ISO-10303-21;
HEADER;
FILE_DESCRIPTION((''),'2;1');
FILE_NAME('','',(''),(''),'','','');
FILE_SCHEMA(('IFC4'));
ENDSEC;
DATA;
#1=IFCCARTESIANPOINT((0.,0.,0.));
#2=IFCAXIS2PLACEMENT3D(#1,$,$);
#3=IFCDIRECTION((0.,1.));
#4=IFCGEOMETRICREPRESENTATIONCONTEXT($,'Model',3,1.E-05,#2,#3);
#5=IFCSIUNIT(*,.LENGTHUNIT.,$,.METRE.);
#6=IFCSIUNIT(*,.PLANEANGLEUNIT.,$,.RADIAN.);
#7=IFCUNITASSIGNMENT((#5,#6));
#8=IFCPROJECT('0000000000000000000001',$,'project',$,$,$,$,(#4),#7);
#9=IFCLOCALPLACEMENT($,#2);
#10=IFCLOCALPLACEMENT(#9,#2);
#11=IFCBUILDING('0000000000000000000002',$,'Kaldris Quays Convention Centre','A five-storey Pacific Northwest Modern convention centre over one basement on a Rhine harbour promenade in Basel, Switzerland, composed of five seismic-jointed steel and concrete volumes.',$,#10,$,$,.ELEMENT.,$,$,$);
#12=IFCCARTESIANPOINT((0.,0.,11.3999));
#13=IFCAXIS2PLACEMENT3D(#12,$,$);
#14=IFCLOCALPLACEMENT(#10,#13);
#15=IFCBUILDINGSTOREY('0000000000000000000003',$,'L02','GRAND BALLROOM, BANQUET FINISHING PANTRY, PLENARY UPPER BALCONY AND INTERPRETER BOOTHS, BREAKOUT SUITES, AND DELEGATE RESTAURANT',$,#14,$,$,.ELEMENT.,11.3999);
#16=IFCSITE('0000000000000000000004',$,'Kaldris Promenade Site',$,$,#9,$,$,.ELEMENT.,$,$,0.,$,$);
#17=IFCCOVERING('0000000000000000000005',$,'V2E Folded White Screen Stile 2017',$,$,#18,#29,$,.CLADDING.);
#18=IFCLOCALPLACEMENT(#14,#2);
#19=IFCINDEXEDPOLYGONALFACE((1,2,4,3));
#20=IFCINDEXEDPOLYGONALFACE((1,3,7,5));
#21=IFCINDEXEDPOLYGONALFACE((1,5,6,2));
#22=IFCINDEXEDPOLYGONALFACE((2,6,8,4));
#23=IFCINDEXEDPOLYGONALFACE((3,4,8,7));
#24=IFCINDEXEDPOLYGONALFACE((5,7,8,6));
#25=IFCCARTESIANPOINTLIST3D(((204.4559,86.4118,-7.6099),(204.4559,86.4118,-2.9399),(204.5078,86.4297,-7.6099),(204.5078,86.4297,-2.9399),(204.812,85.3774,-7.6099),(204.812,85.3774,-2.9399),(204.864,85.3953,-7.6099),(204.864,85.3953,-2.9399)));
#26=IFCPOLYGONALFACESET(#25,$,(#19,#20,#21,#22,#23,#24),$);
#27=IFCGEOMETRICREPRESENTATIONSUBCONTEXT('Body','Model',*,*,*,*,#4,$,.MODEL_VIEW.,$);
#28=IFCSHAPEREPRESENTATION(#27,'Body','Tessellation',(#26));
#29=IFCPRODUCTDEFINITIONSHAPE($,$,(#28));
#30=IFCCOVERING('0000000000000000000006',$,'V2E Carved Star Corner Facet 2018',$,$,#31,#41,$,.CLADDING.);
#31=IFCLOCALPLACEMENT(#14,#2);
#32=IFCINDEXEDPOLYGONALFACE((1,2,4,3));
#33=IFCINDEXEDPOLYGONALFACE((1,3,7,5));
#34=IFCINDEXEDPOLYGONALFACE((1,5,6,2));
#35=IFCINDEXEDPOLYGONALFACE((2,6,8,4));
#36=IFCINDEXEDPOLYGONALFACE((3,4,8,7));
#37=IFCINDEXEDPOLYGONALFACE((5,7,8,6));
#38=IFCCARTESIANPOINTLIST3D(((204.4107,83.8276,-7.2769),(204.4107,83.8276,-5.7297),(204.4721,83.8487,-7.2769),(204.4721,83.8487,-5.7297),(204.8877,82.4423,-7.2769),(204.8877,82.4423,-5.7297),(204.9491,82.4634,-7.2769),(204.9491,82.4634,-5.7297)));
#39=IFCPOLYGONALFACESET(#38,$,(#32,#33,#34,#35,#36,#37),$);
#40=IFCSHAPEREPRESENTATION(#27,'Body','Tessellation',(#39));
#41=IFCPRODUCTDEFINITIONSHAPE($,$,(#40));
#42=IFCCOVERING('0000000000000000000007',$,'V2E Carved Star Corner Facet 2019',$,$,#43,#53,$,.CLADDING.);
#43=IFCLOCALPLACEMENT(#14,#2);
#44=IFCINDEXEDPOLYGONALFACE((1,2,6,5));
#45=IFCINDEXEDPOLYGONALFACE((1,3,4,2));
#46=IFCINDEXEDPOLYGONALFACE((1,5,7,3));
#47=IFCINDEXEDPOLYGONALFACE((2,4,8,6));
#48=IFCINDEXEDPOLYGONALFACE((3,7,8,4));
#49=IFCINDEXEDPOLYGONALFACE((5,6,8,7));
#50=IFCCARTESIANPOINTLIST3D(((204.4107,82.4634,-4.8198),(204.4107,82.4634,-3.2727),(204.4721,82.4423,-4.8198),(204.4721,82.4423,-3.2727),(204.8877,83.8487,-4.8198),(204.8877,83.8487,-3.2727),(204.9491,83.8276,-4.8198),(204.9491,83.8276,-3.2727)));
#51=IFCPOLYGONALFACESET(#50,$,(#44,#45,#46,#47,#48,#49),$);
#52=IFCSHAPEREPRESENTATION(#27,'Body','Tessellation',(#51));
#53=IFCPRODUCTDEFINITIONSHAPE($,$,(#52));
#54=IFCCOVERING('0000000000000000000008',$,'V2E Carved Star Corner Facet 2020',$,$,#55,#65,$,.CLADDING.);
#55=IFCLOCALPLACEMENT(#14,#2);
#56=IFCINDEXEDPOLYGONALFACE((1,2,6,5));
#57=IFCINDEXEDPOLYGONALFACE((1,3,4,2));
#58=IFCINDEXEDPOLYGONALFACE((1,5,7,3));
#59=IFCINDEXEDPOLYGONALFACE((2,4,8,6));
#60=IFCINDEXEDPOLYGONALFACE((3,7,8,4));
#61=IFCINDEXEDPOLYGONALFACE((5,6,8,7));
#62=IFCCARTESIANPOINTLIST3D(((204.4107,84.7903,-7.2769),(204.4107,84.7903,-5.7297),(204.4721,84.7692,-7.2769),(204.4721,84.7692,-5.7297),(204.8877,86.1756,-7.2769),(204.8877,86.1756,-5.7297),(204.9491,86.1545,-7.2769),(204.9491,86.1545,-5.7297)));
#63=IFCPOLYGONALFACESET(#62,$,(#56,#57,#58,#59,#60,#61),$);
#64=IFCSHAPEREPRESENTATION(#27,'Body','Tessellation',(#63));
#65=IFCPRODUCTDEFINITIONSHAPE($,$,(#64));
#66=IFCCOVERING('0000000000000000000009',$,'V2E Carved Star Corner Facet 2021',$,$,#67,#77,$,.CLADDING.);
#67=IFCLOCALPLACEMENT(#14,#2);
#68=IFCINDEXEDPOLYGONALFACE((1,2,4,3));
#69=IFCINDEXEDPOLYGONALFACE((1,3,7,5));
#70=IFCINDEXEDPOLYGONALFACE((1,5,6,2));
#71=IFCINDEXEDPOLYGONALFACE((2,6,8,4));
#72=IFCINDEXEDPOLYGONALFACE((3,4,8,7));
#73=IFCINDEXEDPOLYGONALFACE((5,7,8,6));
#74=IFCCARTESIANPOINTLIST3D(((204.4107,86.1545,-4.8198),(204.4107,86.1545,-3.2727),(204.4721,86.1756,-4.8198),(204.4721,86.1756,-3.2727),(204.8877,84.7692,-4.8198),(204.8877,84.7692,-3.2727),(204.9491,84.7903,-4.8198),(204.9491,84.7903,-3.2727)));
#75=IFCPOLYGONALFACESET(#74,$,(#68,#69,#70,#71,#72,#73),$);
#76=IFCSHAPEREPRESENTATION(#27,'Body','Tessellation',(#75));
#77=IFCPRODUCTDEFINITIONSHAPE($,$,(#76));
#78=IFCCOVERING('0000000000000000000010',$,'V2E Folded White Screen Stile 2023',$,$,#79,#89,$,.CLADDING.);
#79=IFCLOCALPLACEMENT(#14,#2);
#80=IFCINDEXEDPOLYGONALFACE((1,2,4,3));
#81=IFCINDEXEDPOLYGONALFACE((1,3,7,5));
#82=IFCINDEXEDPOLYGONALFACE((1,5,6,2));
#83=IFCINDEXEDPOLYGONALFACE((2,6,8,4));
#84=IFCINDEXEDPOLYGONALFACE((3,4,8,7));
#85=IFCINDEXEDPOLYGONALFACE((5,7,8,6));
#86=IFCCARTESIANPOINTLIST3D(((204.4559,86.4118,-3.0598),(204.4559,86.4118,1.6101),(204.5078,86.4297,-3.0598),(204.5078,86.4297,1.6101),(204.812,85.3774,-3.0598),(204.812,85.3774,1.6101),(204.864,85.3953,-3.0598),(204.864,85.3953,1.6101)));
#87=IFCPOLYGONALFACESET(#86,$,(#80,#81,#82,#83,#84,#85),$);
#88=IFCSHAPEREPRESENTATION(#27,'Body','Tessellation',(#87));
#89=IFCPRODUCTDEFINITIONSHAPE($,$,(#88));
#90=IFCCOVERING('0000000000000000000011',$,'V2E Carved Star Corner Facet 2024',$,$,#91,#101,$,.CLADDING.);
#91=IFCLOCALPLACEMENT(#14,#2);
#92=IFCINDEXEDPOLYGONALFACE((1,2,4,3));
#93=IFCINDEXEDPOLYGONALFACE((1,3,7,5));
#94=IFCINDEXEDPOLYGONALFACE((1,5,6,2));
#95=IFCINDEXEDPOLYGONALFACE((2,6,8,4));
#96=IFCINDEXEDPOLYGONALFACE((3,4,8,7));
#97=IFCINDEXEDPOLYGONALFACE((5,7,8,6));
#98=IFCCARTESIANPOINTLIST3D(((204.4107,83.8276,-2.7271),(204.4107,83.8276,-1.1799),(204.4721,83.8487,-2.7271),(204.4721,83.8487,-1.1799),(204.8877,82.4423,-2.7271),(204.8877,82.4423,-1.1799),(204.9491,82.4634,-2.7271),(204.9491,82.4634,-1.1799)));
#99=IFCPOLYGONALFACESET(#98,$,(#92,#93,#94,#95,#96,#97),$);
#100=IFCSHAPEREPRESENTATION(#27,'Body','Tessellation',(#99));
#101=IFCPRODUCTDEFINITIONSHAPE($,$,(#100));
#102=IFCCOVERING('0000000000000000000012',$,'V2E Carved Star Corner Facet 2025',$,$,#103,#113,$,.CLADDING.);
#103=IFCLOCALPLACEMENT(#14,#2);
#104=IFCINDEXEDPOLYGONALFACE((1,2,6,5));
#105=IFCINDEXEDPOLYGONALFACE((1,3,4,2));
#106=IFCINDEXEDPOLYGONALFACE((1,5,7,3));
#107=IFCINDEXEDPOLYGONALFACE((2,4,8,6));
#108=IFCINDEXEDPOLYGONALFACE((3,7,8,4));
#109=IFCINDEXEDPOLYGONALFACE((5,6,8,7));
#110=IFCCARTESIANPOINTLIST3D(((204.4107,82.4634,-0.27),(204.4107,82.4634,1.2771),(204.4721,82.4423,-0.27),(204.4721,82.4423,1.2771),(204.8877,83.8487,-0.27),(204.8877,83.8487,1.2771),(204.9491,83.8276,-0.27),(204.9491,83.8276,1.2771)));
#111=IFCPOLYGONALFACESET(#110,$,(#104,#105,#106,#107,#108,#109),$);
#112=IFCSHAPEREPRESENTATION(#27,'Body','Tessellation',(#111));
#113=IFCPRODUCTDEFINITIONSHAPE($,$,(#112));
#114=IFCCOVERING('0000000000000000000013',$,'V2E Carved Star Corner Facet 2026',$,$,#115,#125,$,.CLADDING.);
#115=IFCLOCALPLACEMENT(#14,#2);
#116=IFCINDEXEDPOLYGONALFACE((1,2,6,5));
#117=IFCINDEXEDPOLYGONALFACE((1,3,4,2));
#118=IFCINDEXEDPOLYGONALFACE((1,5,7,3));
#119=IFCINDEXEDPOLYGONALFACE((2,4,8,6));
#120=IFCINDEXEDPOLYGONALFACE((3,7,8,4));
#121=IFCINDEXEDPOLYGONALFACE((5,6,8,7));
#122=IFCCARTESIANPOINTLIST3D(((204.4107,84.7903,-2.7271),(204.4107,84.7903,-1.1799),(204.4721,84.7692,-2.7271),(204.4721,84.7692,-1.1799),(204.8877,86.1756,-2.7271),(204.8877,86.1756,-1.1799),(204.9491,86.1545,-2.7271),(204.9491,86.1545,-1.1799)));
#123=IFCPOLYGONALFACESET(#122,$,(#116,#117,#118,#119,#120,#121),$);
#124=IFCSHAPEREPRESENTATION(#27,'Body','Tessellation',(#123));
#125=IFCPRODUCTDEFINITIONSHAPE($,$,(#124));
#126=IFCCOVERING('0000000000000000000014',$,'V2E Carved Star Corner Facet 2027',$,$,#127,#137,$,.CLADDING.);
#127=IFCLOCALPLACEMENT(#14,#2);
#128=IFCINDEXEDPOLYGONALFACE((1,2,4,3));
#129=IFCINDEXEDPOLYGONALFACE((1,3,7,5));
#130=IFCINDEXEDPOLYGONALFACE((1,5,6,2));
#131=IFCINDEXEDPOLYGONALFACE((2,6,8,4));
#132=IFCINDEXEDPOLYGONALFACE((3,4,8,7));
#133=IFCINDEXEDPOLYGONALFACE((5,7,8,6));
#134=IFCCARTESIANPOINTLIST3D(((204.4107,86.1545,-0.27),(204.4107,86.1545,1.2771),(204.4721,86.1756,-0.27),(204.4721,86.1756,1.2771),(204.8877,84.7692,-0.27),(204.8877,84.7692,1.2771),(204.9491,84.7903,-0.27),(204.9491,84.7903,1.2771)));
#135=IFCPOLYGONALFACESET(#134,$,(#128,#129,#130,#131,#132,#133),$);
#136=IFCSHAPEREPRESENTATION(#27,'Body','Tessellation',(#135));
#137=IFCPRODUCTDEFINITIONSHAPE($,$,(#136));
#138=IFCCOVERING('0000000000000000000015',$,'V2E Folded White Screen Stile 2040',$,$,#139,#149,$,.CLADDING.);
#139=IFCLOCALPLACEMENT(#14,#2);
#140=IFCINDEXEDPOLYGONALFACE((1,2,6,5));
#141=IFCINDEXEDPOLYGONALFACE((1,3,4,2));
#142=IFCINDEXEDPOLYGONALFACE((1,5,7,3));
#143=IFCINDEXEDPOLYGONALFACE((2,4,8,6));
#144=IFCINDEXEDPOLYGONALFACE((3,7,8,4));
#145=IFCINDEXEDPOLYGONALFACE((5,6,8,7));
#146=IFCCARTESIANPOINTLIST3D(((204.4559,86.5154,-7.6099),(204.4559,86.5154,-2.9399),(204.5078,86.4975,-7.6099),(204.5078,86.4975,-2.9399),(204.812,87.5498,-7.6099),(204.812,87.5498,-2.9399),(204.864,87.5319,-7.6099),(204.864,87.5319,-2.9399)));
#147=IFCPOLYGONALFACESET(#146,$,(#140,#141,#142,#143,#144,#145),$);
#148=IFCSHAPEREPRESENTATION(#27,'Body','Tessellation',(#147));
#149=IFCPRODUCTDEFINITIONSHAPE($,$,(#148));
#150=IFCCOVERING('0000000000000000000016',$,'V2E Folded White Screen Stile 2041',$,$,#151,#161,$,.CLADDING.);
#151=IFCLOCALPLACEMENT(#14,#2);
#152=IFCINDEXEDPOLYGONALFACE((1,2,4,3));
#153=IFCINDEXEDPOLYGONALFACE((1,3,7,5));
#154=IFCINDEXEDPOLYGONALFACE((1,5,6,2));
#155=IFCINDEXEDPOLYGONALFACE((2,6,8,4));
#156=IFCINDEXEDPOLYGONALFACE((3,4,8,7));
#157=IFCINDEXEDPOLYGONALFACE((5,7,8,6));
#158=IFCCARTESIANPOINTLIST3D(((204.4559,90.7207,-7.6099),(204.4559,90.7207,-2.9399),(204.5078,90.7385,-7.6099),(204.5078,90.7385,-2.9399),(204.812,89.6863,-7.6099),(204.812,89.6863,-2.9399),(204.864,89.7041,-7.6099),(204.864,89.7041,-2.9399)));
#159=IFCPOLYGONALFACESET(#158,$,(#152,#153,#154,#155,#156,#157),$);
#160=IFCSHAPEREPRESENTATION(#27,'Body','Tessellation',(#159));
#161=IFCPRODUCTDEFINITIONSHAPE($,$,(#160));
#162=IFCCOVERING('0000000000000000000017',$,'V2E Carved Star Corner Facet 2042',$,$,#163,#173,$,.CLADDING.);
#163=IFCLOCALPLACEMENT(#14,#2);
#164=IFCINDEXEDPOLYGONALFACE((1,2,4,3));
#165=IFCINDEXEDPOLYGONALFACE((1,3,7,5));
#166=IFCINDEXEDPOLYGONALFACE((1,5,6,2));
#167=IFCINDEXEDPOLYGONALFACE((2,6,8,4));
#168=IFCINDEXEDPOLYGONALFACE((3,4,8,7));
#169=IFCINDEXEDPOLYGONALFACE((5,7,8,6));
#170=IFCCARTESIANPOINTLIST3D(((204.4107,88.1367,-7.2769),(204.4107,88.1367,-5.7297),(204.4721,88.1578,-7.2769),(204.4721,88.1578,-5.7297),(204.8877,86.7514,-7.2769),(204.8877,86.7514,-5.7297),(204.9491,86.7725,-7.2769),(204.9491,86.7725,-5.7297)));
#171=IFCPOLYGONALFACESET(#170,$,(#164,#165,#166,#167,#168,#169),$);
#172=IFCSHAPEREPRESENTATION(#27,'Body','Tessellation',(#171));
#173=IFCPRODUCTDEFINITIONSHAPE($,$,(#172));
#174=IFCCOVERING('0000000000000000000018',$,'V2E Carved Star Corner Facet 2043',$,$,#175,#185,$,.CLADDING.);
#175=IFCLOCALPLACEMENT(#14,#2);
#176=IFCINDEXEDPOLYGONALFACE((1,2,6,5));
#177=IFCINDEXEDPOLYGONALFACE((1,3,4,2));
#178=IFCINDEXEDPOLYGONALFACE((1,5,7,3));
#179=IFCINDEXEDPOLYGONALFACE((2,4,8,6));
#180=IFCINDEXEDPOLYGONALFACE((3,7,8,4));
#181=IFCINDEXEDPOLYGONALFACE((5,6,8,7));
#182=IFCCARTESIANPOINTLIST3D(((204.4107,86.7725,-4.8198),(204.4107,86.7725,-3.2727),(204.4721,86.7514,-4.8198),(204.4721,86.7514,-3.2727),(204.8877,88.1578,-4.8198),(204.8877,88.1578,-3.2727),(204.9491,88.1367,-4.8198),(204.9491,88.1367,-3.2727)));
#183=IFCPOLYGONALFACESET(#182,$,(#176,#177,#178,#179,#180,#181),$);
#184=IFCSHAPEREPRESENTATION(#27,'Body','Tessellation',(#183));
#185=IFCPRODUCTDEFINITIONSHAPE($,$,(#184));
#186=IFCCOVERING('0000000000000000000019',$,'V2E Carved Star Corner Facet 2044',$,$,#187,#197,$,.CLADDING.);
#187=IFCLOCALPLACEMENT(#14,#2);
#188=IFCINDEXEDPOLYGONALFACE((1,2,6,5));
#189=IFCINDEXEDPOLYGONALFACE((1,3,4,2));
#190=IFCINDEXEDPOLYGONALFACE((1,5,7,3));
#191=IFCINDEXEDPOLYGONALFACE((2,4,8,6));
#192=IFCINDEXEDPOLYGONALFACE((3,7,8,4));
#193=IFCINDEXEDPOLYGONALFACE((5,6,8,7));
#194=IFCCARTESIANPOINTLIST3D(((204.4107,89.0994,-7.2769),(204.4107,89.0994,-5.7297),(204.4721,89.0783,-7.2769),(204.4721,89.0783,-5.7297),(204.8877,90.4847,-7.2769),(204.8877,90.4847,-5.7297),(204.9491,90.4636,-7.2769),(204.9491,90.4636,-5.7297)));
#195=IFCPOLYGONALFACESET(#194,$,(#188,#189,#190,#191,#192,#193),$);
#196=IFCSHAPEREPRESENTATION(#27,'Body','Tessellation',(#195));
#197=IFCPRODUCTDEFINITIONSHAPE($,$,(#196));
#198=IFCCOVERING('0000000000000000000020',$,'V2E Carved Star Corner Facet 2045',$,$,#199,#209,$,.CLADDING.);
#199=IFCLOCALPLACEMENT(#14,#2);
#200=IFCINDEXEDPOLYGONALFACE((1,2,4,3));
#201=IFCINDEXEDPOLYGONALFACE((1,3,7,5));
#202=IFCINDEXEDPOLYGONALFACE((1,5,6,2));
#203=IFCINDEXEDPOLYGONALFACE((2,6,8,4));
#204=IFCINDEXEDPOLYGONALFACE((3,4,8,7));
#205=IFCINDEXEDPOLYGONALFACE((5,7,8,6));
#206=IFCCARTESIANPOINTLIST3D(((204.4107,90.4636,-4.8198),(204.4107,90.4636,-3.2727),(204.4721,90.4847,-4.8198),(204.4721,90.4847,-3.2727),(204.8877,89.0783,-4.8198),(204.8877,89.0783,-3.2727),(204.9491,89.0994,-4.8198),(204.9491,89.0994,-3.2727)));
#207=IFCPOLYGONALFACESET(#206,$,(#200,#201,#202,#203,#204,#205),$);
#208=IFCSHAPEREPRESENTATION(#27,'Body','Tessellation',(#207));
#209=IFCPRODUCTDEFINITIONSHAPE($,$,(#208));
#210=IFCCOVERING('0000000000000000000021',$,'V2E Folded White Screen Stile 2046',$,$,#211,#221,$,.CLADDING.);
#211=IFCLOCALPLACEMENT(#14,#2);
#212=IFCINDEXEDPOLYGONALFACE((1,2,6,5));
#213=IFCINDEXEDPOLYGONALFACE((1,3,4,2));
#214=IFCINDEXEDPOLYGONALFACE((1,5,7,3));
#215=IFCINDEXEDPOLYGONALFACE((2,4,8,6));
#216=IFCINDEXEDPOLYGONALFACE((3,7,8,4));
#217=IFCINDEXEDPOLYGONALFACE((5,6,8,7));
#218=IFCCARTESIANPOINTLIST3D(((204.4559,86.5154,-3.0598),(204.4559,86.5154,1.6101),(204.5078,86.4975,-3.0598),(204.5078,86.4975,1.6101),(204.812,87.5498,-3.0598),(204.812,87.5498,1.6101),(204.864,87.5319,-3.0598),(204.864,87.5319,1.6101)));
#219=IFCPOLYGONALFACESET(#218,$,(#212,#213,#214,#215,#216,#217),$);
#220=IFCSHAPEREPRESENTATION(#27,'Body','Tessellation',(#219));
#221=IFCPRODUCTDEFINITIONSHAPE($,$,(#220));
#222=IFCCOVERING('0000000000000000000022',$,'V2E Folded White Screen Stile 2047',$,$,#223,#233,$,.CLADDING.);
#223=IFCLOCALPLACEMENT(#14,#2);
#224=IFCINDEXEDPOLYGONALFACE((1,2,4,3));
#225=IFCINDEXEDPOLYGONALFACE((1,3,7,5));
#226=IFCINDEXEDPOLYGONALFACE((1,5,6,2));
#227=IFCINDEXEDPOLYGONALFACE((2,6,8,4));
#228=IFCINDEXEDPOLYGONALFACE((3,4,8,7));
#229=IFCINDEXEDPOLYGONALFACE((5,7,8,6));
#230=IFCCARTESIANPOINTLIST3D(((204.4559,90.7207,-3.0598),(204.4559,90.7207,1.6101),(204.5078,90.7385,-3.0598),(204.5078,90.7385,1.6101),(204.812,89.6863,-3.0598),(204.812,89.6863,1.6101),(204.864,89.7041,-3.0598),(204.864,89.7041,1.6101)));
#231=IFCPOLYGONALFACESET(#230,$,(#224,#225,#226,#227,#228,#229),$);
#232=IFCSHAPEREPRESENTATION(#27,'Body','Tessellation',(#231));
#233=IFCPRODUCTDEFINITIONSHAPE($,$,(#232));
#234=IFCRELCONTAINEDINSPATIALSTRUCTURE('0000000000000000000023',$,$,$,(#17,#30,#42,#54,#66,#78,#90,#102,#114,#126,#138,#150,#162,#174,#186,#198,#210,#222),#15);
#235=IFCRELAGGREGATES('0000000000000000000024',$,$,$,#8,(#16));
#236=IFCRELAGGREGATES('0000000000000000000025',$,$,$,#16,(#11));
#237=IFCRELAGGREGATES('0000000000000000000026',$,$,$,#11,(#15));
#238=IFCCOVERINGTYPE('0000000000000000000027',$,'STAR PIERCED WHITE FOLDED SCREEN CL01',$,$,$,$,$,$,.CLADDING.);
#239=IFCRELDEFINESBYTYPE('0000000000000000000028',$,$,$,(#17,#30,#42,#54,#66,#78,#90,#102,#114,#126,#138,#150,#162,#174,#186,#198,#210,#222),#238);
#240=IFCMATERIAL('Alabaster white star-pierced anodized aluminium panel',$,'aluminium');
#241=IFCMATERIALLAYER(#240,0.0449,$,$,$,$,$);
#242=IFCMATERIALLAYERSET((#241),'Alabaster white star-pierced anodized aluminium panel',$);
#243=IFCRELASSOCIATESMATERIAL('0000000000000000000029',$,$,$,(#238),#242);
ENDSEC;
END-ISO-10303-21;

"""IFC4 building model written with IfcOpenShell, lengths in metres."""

from ifc_helpers import new_model, si_unit, direction, frame, origin, origin_2d, place, context, subcontext, project, spatial, rectangle, extrude, material, layer, layer_set, type_object, element, save


model = new_model("IFC4")

# Units and contexts
model_context = context("Model", 3, precision=1e-05, world=origin(), true_north=direction((0.0, 1.0)))
body_context = subcontext(model_context, "Body", "Model", "MODEL_VIEW")
ifc_project = project(units=[si_unit("LENGTHUNIT", "METRE"), si_unit("PLANEANGLEUNIT", "RADIAN")], contexts=[model_context])

# Site, building, storey
site_placement = place(None, origin())
site = spatial("IfcSite", under=ifc_project, at=site_placement, Name="Kaldris Promenade Site", CompositionType="ELEMENT", RefElevation=0.0)
building_placement = place(site_placement, origin())
building = spatial("IfcBuilding", under=site, at=building_placement, Name="Kaldris Quays Convention Centre", Description="A five-storey Pacific Northwest Modern convention centre over one basement on a Rhine harbour promenade in Basel, Switzerland, composed of five seismic-jointed steel and concrete volumes.", CompositionType="ELEMENT")
storey_placement = place(building_placement, frame((0.0, 0.0, 11.3999)))
storey = spatial("IfcBuildingStorey", under=building, at=storey_placement, Name="L02", Description="GRAND BALLROOM, BANQUET FINISHING PANTRY, PLENARY UPPER BALCONY AND INTERPRETER BOOTHS, BREAKOUT SUITES, AND DELEGATE RESTAURANT", CompositionType="ELEMENT", Elevation=11.3999)

# Coverings
ifc_material_1 = material(Name="Alabaster white star-pierced anodized aluminium panel", Category="aluminium")
ifc_layer = layer(ifc_material_1, 0.0449)
ifc_layer_set = layer_set([ifc_layer], Name="Alabaster white star-pierced anodized aluminium panel")
covering_type = type_object("IfcCoveringType", Name="STAR PIERCED WHITE FOLDED SCREEN CL01", PredefinedType="CLADDING", material=ifc_layer_set)
covering_1_placement = place(storey_placement, frame((204.6599, 85.9036, -7.6099), z_axis=(0.0, 0.0, 1.0), x_axis=(-0.325568, 0.945519, 0.0)))
element("IfcCovering", 1, at=covering_1_placement, inside=storey, type_object=covering_type, Name="V2E Folded White Screen Stile 2017", PredefinedType="CLADDING", context=body_context, shape_type="SweptSolid", body=[
    extrude(rectangle(XDim=1.094, YDim=0.0549, at=origin_2d()), origin(), (0.0, 0.0, 1.0), 4.6699),
])
for number, where, z_axis, x_axis, name in (
    (2, (204.6799, 83.1455, -7.2769), (0.0, 0.0, 1.0), (-0.325568, 0.945519, 0.0), "V2E Carved Star Corner Facet 2018"),
    (3, (204.6799, 83.1455, -4.8198), (0.0, 0.0, 1.0), (0.325568, 0.945519, 0.0), "V2E Carved Star Corner Facet 2019"),
    (4, (204.6799, 85.4724, -7.2769), (0.0, 0.0, 1.0), (0.325568, 0.945519, 0.0), "V2E Carved Star Corner Facet 2020"),
    (5, (204.6799, 85.4724, -4.8198), (0.0, 0.0, 1.0), (-0.325568, 0.945519, 0.0), "V2E Carved Star Corner Facet 2021"),
):
    element("IfcCovering", number, at=place(storey_placement, frame(where, z_axis=z_axis, x_axis=x_axis)), inside=storey, type_object=covering_type, Name=name, PredefinedType="CLADDING", context=body_context, shape_type="SweptSolid", body=[
        extrude(rectangle(XDim=1.4651, YDim=0.0649, at=origin_2d()), origin(), (0.0, 0.0, 1.0), 1.5471),
    ])
covering_2_placement = place(storey_placement, frame((204.6599, 85.9036, -3.0598), z_axis=(0.0, 0.0, 1.0), x_axis=(-0.325568, 0.945519, 0.0)))
element("IfcCovering", 6, at=covering_2_placement, inside=storey, type_object=covering_type, Name="V2E Folded White Screen Stile 2023", PredefinedType="CLADDING", context=body_context, shape_type="SweptSolid", body=[
    extrude(rectangle(XDim=1.094, YDim=0.0549, at=origin_2d()), origin(), (0.0, 0.0, 1.0), 4.6699),
])
for number, where, z_axis, x_axis, name in (
    (7, (204.6799, 83.1455, -2.7271), (0.0, 0.0, 1.0), (-0.325568, 0.945519, 0.0), "V2E Carved Star Corner Facet 2024"),
    (8, (204.6799, 83.1455, -0.27), (0.0, 0.0, 1.0), (0.325568, 0.945519, 0.0), "V2E Carved Star Corner Facet 2025"),
    (9, (204.6799, 85.4724, -2.7271), (0.0, 0.0, 1.0), (0.325568, 0.945519, 0.0), "V2E Carved Star Corner Facet 2026"),
    (10, (204.6799, 85.4724, -0.27), (0.0, 0.0, 1.0), (-0.325568, 0.945519, 0.0), "V2E Carved Star Corner Facet 2027"),
):
    element("IfcCovering", number, at=place(storey_placement, frame(where, z_axis=z_axis, x_axis=x_axis)), inside=storey, type_object=covering_type, Name=name, PredefinedType="CLADDING", context=body_context, shape_type="SweptSolid", body=[
        extrude(rectangle(XDim=1.4651, YDim=0.0649, at=origin_2d()), origin(), (0.0, 0.0, 1.0), 1.5471),
    ])
for number, where, z_axis, x_axis, name in (
    (11, (204.6599, 87.0237, -7.6099), (0.0, 0.0, 1.0), (0.325568, 0.945519, 0.0), "V2E Folded White Screen Stile 2040"),
    (12, (204.6599, 90.2124, -7.6099), (0.0, 0.0, 1.0), (-0.325568, 0.945519, 0.0), "V2E Folded White Screen Stile 2041"),
):
    element("IfcCovering", number, at=place(storey_placement, frame(where, z_axis=z_axis, x_axis=x_axis)), inside=storey, type_object=covering_type, Name=name, PredefinedType="CLADDING", context=body_context, shape_type="SweptSolid", body=[
        extrude(rectangle(XDim=1.094, YDim=0.0549, at=origin_2d()), origin(), (0.0, 0.0, 1.0), 4.6699),
    ])
for number, where, z_axis, x_axis, name in (
    (13, (204.6799, 87.4546, -7.2769), (0.0, 0.0, 1.0), (-0.325568, 0.945519, 0.0), "V2E Carved Star Corner Facet 2042"),
    (14, (204.6799, 87.4546, -4.8198), (0.0, 0.0, 1.0), (0.325568, 0.945519, 0.0), "V2E Carved Star Corner Facet 2043"),
    (15, (204.6799, 89.7815, -7.2769), (0.0, 0.0, 1.0), (0.325568, 0.945519, 0.0), "V2E Carved Star Corner Facet 2044"),
    (16, (204.6799, 89.7815, -4.8198), (0.0, 0.0, 1.0), (-0.325568, 0.945519, 0.0), "V2E Carved Star Corner Facet 2045"),
):
    element("IfcCovering", number, at=place(storey_placement, frame(where, z_axis=z_axis, x_axis=x_axis)), inside=storey, type_object=covering_type, Name=name, PredefinedType="CLADDING", context=body_context, shape_type="SweptSolid", body=[
        extrude(rectangle(XDim=1.4651, YDim=0.0649, at=origin_2d()), origin(), (0.0, 0.0, 1.0), 1.5471),
    ])
for number, where, z_axis, x_axis, name in (
    (17, (204.6599, 87.0237, -3.0598), (0.0, 0.0, 1.0), (0.325568, 0.945519, 0.0), "V2E Folded White Screen Stile 2046"),
    (18, (204.6599, 90.2124, -3.0598), (0.0, 0.0, 1.0), (-0.325568, 0.945519, 0.0), "V2E Folded White Screen Stile 2047"),
):
    element("IfcCovering", number, at=place(storey_placement, frame(where, z_axis=z_axis, x_axis=x_axis)), inside=storey, type_object=covering_type, Name=name, PredefinedType="CLADDING", context=body_context, shape_type="SweptSolid", body=[
        extrude(rectangle(XDim=1.094, YDim=0.0549, at=origin_2d()), origin(), (0.0, 0.0, 1.0), 4.6699),
    ])

save(model, "model.ifc")
